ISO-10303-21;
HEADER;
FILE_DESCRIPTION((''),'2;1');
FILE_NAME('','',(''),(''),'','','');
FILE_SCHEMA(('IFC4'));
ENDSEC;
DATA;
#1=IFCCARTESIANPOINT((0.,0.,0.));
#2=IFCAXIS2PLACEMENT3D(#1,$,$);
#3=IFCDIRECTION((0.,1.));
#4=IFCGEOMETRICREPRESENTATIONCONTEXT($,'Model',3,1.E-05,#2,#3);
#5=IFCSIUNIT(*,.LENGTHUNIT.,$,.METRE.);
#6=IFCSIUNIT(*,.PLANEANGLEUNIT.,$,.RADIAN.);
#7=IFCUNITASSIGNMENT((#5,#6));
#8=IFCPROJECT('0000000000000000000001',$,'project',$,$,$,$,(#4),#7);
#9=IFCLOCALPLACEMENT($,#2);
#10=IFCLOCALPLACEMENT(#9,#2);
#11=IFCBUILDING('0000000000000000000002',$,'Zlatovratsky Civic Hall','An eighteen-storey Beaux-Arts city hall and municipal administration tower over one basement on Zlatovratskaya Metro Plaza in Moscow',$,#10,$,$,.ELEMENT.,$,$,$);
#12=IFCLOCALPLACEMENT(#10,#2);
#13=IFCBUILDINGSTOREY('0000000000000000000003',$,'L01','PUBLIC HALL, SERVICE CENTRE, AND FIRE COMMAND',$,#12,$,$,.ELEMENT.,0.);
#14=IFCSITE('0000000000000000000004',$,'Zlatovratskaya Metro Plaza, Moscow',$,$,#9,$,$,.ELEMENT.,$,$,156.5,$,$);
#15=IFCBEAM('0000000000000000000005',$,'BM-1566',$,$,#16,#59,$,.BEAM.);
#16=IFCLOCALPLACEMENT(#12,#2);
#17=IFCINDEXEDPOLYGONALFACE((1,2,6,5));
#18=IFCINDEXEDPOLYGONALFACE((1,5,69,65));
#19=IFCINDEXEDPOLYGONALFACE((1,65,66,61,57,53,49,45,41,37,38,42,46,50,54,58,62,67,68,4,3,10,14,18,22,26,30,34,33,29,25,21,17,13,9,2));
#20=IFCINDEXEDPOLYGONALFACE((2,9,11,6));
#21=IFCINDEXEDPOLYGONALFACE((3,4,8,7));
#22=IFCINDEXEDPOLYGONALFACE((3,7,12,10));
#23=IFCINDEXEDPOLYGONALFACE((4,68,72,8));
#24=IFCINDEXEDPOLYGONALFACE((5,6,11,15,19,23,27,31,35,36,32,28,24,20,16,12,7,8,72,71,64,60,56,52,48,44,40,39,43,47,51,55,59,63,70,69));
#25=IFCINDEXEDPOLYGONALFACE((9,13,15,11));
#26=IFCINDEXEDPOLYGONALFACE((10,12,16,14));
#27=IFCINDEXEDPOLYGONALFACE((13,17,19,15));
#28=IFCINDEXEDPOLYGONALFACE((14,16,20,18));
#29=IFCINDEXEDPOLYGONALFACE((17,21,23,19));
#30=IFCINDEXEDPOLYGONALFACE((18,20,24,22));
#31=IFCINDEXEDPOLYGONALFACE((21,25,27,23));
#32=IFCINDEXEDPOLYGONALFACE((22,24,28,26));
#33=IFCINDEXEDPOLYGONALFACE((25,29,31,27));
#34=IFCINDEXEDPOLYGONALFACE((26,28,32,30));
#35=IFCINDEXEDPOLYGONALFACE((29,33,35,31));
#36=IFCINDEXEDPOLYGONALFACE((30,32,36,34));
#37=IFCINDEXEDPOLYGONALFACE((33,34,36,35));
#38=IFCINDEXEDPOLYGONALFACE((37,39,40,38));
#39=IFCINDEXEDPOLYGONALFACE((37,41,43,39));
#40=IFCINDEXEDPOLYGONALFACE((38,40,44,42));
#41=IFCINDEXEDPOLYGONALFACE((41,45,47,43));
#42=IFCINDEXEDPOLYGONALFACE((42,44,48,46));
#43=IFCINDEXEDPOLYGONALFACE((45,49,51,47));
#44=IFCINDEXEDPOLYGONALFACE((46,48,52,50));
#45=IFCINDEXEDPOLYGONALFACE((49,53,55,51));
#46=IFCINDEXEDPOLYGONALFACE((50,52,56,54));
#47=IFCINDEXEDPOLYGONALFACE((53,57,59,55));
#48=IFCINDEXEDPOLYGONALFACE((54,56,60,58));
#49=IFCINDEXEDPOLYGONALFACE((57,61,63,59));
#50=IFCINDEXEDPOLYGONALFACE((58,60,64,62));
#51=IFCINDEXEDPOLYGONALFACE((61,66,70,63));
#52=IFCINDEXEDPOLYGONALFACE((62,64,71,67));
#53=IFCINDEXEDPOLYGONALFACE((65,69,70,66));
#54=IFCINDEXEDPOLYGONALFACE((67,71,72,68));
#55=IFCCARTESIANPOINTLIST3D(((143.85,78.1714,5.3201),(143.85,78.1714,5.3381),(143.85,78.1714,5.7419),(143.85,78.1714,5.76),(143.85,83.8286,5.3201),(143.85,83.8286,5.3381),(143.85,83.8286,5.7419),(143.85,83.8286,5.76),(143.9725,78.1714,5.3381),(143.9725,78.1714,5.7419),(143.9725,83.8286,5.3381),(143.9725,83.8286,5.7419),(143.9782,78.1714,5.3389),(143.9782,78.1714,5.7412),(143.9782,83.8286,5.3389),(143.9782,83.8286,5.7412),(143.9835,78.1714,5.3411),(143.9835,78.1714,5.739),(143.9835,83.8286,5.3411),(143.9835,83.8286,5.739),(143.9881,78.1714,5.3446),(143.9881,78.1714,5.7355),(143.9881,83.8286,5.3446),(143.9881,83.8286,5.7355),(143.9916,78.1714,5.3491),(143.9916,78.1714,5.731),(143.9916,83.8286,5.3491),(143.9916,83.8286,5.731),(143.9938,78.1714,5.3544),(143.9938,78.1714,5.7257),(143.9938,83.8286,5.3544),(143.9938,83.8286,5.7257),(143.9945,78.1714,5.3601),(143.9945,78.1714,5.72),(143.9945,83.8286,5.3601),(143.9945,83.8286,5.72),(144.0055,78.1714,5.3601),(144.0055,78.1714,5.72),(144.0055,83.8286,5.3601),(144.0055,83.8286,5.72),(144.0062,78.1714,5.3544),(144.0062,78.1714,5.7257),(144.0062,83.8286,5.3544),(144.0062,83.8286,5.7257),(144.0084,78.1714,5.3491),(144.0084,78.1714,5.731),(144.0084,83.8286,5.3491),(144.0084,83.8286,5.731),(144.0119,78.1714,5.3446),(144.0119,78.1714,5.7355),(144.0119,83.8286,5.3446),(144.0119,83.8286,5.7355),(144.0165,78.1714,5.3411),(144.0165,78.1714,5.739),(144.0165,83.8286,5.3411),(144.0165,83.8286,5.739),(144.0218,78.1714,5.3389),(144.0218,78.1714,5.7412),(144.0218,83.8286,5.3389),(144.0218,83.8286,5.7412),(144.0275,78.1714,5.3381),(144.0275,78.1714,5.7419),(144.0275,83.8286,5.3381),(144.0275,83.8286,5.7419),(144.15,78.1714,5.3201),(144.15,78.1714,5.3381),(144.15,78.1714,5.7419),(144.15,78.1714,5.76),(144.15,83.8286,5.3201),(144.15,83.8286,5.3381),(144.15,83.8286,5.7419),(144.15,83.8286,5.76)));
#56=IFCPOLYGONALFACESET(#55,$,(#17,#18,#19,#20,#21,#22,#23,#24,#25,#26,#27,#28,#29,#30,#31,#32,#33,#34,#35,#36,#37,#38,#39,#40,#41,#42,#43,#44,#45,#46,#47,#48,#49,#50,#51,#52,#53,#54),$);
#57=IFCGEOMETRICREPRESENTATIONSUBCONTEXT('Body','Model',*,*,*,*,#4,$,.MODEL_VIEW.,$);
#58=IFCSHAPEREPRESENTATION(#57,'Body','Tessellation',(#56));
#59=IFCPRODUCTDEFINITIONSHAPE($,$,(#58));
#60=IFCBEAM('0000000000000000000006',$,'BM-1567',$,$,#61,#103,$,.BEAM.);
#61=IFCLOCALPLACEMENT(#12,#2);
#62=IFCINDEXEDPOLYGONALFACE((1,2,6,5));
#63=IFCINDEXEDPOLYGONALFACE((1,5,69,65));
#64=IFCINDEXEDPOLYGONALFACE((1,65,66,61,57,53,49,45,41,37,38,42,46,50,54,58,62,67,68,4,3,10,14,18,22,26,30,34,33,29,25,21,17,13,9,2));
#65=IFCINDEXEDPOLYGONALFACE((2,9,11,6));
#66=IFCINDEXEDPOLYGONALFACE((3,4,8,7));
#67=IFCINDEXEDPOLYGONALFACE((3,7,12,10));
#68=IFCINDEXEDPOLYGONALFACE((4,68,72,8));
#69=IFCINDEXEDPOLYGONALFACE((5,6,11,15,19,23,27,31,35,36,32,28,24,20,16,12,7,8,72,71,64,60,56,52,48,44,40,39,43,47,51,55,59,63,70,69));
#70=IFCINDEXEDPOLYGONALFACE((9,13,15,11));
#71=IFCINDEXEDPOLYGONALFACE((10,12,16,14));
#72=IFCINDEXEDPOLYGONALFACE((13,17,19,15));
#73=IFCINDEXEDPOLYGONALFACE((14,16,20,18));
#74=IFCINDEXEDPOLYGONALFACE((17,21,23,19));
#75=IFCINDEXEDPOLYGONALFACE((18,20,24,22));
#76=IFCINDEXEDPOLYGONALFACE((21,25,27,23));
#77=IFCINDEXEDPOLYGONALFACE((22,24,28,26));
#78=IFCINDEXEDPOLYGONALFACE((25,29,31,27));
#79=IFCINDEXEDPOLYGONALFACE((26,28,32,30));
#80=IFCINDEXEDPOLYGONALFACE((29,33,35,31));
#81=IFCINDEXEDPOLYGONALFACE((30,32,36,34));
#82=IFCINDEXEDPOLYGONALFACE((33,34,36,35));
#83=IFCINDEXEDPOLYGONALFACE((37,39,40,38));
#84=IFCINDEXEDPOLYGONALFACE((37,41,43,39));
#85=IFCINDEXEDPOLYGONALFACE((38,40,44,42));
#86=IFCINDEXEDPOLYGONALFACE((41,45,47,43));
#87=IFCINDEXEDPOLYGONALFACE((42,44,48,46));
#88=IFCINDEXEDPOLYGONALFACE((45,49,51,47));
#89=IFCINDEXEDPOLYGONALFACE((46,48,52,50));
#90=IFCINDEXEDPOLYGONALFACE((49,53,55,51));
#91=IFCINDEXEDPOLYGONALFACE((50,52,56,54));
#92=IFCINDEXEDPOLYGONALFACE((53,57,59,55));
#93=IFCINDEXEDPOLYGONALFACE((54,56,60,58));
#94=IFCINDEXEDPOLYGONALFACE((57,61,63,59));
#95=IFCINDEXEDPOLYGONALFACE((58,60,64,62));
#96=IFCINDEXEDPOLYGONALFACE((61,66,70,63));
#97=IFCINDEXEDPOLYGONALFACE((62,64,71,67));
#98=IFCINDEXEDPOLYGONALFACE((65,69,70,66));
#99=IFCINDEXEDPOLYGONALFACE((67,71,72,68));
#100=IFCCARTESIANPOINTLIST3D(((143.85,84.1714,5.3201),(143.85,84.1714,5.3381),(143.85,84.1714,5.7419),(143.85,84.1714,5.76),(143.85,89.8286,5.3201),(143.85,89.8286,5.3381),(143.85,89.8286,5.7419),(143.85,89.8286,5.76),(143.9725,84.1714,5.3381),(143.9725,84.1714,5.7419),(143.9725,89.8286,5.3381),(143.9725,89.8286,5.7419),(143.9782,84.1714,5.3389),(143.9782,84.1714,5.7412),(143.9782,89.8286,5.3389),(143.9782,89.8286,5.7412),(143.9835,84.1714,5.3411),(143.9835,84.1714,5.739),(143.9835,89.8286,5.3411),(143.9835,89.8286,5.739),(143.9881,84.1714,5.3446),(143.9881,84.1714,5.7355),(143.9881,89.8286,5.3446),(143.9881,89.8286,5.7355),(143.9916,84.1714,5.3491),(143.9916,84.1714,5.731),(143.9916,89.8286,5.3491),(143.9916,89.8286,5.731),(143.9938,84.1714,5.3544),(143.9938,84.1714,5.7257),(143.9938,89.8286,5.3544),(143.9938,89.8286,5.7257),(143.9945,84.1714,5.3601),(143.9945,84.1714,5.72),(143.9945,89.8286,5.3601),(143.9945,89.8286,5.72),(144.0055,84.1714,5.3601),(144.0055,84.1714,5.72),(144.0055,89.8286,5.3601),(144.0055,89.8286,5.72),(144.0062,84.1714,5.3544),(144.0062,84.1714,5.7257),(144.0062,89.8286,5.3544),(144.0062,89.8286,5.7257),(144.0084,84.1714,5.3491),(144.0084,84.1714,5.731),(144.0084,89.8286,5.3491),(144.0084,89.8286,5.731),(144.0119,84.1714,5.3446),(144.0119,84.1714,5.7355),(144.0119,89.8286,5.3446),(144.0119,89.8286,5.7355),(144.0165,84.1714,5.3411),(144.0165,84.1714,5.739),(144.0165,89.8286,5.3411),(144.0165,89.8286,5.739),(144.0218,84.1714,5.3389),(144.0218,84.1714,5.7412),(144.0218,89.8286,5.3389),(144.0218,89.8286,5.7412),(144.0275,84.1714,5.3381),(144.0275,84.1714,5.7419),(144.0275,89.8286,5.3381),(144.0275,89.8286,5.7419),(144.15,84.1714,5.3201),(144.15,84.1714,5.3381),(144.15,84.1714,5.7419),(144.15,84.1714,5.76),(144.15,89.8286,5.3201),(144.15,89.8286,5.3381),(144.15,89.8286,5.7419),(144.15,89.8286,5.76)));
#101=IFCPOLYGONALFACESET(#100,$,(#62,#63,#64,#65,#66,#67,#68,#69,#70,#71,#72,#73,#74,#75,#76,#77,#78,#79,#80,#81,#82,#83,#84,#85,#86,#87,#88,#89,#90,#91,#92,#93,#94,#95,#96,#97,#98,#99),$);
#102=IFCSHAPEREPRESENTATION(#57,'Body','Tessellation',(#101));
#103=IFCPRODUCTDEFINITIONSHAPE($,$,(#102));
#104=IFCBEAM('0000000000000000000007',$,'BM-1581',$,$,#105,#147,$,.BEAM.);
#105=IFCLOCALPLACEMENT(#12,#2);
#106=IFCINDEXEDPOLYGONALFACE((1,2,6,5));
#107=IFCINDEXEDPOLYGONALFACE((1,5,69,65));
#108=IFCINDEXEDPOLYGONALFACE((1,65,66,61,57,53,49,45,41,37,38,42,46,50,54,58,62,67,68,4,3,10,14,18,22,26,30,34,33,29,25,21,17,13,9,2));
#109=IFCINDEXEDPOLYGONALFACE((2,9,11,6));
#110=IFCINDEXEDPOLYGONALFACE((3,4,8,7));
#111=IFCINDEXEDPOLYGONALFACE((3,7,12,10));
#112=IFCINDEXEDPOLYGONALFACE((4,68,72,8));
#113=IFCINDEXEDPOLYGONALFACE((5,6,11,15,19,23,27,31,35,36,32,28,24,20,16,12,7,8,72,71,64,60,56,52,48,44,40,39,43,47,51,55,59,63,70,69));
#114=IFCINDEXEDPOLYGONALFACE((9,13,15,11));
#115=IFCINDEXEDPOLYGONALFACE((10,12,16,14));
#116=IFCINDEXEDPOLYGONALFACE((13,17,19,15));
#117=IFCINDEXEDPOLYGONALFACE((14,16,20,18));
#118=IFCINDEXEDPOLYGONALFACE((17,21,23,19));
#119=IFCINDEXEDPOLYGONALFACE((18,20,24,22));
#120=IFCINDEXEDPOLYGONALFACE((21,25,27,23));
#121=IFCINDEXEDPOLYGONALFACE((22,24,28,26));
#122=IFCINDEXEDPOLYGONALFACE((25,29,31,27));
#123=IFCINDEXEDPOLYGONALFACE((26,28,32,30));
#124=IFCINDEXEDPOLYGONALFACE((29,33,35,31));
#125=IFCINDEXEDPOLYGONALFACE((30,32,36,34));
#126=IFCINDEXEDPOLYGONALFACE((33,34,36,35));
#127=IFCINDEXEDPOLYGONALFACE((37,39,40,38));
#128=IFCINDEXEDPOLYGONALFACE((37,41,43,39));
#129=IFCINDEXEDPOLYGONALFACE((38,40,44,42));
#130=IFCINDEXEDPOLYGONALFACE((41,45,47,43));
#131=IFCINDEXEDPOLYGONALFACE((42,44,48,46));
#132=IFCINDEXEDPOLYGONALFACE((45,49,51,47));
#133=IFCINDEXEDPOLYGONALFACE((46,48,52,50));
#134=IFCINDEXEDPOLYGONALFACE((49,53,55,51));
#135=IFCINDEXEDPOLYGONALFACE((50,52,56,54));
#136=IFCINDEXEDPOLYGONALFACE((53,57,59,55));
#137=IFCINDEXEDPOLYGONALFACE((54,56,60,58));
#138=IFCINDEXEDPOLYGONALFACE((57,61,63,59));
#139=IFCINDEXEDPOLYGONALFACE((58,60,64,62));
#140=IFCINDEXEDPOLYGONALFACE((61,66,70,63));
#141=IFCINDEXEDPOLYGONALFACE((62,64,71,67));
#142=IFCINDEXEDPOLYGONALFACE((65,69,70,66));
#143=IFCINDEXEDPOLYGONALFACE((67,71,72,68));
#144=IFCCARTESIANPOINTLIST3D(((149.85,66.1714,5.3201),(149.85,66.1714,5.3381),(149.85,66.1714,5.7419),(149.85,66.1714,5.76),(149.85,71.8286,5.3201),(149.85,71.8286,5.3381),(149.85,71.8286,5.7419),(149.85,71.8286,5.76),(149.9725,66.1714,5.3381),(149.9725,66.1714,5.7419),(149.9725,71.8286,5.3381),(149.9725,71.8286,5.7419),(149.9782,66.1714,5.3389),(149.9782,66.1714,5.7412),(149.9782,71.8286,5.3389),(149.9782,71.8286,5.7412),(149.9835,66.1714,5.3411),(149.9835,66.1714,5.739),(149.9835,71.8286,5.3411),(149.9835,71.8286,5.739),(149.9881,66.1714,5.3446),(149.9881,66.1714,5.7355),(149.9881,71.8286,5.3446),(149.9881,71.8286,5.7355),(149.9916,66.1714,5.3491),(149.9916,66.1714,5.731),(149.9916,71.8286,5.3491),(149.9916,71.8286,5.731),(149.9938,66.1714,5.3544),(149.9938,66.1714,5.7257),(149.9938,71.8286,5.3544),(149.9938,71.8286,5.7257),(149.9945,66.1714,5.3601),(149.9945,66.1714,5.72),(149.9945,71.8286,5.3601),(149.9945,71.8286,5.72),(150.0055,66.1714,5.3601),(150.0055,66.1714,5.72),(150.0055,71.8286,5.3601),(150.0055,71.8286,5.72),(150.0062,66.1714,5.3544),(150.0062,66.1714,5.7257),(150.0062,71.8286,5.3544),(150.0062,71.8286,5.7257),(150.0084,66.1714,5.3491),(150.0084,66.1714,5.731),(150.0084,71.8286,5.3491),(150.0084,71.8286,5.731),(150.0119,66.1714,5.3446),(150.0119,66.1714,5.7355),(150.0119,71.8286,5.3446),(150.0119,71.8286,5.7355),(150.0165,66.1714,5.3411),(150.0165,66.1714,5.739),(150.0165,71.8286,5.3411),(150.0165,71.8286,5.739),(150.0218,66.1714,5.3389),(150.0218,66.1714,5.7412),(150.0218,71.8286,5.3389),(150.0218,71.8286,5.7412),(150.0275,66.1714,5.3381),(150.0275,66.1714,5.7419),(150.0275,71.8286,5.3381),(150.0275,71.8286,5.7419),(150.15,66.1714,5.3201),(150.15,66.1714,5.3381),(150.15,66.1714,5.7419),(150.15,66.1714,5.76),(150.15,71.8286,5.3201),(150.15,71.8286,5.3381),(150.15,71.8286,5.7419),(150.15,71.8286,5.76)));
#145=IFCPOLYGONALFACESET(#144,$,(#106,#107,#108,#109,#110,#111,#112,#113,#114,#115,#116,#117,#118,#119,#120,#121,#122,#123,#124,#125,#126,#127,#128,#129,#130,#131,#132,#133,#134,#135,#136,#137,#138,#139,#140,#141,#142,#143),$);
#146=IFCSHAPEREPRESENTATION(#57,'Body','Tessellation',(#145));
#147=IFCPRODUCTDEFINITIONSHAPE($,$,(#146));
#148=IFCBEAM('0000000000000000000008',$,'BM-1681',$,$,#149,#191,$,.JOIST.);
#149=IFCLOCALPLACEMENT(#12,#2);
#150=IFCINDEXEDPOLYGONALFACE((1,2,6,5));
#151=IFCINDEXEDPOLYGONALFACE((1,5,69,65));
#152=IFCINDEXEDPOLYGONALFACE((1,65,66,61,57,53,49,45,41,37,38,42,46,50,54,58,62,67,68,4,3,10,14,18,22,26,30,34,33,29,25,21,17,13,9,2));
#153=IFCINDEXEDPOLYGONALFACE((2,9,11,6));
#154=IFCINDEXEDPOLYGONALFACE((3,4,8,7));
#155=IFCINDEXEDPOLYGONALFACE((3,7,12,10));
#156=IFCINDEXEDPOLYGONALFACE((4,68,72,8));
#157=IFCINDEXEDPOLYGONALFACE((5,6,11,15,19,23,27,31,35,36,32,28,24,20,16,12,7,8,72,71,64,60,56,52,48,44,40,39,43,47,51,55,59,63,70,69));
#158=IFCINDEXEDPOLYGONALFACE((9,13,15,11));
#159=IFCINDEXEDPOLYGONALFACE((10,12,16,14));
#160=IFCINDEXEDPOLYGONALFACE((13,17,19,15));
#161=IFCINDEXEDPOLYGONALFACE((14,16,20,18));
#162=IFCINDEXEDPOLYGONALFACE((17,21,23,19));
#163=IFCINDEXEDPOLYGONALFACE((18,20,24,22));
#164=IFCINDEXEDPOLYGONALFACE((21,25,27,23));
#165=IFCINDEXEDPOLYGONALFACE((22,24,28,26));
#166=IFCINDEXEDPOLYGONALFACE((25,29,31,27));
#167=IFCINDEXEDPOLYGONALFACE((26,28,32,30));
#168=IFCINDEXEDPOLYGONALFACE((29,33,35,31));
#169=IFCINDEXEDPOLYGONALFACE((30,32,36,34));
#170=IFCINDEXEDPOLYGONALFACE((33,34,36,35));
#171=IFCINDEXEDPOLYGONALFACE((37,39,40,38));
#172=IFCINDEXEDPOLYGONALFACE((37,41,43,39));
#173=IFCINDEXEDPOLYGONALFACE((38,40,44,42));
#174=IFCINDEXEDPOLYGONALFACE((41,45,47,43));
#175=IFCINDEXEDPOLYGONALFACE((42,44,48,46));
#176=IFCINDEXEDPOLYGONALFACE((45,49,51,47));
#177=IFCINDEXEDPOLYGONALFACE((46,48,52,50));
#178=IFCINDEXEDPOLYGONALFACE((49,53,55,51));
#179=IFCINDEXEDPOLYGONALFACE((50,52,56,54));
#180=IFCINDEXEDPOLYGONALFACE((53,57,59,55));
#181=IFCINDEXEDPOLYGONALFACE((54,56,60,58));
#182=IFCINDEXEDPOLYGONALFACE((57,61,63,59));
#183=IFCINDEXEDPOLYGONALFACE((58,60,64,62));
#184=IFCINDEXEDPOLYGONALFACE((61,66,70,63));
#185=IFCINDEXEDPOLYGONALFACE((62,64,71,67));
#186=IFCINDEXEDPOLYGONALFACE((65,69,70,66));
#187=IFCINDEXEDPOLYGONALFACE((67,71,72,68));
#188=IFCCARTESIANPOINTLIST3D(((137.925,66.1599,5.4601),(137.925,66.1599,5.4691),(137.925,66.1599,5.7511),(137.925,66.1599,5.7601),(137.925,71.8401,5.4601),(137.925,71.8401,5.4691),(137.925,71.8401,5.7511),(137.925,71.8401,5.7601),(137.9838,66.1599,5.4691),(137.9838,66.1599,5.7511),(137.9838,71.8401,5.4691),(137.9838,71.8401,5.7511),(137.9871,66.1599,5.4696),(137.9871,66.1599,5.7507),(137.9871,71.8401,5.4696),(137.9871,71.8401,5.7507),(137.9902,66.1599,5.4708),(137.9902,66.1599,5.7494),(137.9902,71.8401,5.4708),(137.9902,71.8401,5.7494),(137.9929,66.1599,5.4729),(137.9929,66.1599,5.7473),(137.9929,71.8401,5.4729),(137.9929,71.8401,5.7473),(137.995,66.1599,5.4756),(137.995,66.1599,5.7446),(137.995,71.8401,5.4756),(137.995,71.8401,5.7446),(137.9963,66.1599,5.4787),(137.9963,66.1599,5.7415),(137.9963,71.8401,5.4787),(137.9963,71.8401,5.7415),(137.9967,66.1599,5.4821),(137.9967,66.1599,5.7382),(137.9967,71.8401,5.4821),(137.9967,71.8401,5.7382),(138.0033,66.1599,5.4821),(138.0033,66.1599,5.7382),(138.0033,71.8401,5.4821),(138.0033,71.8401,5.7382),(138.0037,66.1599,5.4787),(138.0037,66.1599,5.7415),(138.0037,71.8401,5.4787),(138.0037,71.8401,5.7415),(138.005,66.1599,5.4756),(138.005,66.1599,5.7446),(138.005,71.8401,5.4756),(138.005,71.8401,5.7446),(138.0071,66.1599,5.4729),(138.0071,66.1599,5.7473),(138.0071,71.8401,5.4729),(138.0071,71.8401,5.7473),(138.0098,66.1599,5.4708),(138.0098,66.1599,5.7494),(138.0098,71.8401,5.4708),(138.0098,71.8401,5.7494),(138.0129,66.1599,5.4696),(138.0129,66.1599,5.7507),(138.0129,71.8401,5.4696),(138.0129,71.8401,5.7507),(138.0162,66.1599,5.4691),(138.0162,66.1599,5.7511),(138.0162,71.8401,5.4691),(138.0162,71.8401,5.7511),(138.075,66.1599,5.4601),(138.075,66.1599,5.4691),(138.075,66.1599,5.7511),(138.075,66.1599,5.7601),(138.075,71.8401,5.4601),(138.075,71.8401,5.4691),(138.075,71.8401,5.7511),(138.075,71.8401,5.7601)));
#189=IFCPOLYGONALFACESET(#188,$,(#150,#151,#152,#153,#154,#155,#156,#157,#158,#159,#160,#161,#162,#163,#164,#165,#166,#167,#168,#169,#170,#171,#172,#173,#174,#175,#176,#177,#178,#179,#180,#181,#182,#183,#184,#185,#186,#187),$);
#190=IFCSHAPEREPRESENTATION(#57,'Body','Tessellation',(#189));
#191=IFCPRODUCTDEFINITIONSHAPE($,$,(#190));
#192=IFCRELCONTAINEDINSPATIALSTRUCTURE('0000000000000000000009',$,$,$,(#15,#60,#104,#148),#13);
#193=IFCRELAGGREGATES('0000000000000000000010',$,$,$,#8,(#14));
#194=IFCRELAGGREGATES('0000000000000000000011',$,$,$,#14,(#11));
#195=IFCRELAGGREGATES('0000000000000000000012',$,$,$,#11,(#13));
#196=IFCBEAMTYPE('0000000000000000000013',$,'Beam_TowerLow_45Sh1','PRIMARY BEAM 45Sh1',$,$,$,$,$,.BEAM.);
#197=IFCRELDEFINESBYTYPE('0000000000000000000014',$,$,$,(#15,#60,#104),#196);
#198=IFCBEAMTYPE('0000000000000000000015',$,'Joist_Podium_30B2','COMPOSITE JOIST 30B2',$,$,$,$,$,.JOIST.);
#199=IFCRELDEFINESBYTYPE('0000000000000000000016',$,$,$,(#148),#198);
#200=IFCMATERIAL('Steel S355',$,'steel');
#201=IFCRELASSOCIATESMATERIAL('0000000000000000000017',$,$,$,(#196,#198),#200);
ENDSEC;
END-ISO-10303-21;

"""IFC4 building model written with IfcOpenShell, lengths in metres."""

from ifc_helpers import new_model, si_unit, direction, frame, origin, origin_2d, place, context, subcontext, project, spatial, i_section, extrude, material, material_profile, profile_set, type_object, element, save


model = new_model("IFC4")

# Units and contexts
model_context = context("Model", 3, precision=1e-05, world=origin(), true_north=direction((0.0, 1.0)))
body_context = subcontext(model_context, "Body", "Model", "MODEL_VIEW")
ifc_project = project(units=[si_unit("LENGTHUNIT", "METRE"), si_unit("PLANEANGLEUNIT", "RADIAN")], contexts=[model_context])

# Site, building, storey
site_placement = place(None, origin())
site = spatial("IfcSite", under=ifc_project, at=site_placement, Name="Zlatovratskaya Metro Plaza, Moscow", CompositionType="ELEMENT", RefElevation=156.5)
building_placement = place(site_placement, origin())
building = spatial("IfcBuilding", under=site, at=building_placement, Name="Zlatovratsky Civic Hall", Description="An eighteen-storey Beaux-Arts city hall and municipal administration tower over one basement on Zlatovratskaya Metro Plaza in Moscow", CompositionType="ELEMENT")
storey_placement = place(building_placement, origin())
storey = spatial("IfcBuildingStorey", under=building, at=storey_placement, Name="L01", Description="PUBLIC HALL, SERVICE CENTRE, AND FIRE COMMAND", CompositionType="ELEMENT", Elevation=0.0)

# Shared definitions
ifc_material_1 = material(Name="Steel S355", Category="steel")

# Beams
ifc_material_profile_1 = material_profile(ifc_material_1, i_section(OverallWidth=0.3, OverallDepth=0.4399, WebThickness=0.011, FlangeThickness=0.0181, FilletRadius=0.022, at=origin_2d()), Name="45Sh1")
ifc_profile_set_1 = profile_set([ifc_material_profile_1], Name="Steel S355")
beam_type_1 = type_object("IfcBeamType", Name="Beam_TowerLow_45Sh1", Description="PRIMARY BEAM 45Sh1", PredefinedType="BEAM", material=ifc_profile_set_1)
for number, where, z_axis, x_axis, name in (
    (1, (144.0, 78.1714, 5.54), (0.0, 1.0, 0.0), (-1.0, 0.0, 0.0), "BM-1566"),
    (2, (144.0, 84.1714, 5.54), (0.0, 1.0, 0.0), (-1.0, 0.0, 0.0), "BM-1567"),
    (3, (150.0, 66.1714, 5.54), (0.0, 1.0, 0.0), (-1.0, 0.0, 0.0), "BM-1581"),
):
    element("IfcBeam", number, at=place(storey_placement, frame(where, z_axis=z_axis, x_axis=x_axis)), inside=storey, type_object=beam_type_1, Name=name, PredefinedType="BEAM", context=body_context, shape_type="SweptSolid", body=[
        extrude(i_section(OverallWidth=0.3, OverallDepth=0.4399, WebThickness=0.011, FlangeThickness=0.0181, FilletRadius=0.022, at=origin_2d()), origin(), (0.0, 0.0, 1.0), 5.6572),
    ])
ifc_material_profile_2 = material_profile(ifc_material_1, i_section(OverallWidth=0.1499, OverallDepth=0.3, WebThickness=0.0066, FlangeThickness=0.009, FilletRadius=0.0129, at=origin_2d()), Name="30B2")
ifc_profile_set_2 = profile_set([ifc_material_profile_2], Name="Steel S355")
beam_type_2 = type_object("IfcBeamType", Name="Joist_Podium_30B2", Description="COMPOSITE JOIST 30B2", PredefinedType="JOIST", material=ifc_profile_set_2)
for number, where, z_axis, x_axis, name in (
    (4, (138.0, 66.1599, 5.6101), (0.0, 1.0, 0.0), (-1.0, 0.0, 0.0), "BM-1681"),
):
    element("IfcBeam", number, at=place(storey_placement, frame(where, z_axis=z_axis, x_axis=x_axis)), inside=storey, type_object=beam_type_2, Name=name, PredefinedType="JOIST", context=body_context, shape_type="SweptSolid", body=[
        extrude(i_section(OverallWidth=0.1499, OverallDepth=0.3, WebThickness=0.0066, FlangeThickness=0.009, FilletRadius=0.0129, at=origin_2d()), origin(), (0.0, 0.0, 1.0), 5.6802),
    ])

save(model, "model.ifc")
